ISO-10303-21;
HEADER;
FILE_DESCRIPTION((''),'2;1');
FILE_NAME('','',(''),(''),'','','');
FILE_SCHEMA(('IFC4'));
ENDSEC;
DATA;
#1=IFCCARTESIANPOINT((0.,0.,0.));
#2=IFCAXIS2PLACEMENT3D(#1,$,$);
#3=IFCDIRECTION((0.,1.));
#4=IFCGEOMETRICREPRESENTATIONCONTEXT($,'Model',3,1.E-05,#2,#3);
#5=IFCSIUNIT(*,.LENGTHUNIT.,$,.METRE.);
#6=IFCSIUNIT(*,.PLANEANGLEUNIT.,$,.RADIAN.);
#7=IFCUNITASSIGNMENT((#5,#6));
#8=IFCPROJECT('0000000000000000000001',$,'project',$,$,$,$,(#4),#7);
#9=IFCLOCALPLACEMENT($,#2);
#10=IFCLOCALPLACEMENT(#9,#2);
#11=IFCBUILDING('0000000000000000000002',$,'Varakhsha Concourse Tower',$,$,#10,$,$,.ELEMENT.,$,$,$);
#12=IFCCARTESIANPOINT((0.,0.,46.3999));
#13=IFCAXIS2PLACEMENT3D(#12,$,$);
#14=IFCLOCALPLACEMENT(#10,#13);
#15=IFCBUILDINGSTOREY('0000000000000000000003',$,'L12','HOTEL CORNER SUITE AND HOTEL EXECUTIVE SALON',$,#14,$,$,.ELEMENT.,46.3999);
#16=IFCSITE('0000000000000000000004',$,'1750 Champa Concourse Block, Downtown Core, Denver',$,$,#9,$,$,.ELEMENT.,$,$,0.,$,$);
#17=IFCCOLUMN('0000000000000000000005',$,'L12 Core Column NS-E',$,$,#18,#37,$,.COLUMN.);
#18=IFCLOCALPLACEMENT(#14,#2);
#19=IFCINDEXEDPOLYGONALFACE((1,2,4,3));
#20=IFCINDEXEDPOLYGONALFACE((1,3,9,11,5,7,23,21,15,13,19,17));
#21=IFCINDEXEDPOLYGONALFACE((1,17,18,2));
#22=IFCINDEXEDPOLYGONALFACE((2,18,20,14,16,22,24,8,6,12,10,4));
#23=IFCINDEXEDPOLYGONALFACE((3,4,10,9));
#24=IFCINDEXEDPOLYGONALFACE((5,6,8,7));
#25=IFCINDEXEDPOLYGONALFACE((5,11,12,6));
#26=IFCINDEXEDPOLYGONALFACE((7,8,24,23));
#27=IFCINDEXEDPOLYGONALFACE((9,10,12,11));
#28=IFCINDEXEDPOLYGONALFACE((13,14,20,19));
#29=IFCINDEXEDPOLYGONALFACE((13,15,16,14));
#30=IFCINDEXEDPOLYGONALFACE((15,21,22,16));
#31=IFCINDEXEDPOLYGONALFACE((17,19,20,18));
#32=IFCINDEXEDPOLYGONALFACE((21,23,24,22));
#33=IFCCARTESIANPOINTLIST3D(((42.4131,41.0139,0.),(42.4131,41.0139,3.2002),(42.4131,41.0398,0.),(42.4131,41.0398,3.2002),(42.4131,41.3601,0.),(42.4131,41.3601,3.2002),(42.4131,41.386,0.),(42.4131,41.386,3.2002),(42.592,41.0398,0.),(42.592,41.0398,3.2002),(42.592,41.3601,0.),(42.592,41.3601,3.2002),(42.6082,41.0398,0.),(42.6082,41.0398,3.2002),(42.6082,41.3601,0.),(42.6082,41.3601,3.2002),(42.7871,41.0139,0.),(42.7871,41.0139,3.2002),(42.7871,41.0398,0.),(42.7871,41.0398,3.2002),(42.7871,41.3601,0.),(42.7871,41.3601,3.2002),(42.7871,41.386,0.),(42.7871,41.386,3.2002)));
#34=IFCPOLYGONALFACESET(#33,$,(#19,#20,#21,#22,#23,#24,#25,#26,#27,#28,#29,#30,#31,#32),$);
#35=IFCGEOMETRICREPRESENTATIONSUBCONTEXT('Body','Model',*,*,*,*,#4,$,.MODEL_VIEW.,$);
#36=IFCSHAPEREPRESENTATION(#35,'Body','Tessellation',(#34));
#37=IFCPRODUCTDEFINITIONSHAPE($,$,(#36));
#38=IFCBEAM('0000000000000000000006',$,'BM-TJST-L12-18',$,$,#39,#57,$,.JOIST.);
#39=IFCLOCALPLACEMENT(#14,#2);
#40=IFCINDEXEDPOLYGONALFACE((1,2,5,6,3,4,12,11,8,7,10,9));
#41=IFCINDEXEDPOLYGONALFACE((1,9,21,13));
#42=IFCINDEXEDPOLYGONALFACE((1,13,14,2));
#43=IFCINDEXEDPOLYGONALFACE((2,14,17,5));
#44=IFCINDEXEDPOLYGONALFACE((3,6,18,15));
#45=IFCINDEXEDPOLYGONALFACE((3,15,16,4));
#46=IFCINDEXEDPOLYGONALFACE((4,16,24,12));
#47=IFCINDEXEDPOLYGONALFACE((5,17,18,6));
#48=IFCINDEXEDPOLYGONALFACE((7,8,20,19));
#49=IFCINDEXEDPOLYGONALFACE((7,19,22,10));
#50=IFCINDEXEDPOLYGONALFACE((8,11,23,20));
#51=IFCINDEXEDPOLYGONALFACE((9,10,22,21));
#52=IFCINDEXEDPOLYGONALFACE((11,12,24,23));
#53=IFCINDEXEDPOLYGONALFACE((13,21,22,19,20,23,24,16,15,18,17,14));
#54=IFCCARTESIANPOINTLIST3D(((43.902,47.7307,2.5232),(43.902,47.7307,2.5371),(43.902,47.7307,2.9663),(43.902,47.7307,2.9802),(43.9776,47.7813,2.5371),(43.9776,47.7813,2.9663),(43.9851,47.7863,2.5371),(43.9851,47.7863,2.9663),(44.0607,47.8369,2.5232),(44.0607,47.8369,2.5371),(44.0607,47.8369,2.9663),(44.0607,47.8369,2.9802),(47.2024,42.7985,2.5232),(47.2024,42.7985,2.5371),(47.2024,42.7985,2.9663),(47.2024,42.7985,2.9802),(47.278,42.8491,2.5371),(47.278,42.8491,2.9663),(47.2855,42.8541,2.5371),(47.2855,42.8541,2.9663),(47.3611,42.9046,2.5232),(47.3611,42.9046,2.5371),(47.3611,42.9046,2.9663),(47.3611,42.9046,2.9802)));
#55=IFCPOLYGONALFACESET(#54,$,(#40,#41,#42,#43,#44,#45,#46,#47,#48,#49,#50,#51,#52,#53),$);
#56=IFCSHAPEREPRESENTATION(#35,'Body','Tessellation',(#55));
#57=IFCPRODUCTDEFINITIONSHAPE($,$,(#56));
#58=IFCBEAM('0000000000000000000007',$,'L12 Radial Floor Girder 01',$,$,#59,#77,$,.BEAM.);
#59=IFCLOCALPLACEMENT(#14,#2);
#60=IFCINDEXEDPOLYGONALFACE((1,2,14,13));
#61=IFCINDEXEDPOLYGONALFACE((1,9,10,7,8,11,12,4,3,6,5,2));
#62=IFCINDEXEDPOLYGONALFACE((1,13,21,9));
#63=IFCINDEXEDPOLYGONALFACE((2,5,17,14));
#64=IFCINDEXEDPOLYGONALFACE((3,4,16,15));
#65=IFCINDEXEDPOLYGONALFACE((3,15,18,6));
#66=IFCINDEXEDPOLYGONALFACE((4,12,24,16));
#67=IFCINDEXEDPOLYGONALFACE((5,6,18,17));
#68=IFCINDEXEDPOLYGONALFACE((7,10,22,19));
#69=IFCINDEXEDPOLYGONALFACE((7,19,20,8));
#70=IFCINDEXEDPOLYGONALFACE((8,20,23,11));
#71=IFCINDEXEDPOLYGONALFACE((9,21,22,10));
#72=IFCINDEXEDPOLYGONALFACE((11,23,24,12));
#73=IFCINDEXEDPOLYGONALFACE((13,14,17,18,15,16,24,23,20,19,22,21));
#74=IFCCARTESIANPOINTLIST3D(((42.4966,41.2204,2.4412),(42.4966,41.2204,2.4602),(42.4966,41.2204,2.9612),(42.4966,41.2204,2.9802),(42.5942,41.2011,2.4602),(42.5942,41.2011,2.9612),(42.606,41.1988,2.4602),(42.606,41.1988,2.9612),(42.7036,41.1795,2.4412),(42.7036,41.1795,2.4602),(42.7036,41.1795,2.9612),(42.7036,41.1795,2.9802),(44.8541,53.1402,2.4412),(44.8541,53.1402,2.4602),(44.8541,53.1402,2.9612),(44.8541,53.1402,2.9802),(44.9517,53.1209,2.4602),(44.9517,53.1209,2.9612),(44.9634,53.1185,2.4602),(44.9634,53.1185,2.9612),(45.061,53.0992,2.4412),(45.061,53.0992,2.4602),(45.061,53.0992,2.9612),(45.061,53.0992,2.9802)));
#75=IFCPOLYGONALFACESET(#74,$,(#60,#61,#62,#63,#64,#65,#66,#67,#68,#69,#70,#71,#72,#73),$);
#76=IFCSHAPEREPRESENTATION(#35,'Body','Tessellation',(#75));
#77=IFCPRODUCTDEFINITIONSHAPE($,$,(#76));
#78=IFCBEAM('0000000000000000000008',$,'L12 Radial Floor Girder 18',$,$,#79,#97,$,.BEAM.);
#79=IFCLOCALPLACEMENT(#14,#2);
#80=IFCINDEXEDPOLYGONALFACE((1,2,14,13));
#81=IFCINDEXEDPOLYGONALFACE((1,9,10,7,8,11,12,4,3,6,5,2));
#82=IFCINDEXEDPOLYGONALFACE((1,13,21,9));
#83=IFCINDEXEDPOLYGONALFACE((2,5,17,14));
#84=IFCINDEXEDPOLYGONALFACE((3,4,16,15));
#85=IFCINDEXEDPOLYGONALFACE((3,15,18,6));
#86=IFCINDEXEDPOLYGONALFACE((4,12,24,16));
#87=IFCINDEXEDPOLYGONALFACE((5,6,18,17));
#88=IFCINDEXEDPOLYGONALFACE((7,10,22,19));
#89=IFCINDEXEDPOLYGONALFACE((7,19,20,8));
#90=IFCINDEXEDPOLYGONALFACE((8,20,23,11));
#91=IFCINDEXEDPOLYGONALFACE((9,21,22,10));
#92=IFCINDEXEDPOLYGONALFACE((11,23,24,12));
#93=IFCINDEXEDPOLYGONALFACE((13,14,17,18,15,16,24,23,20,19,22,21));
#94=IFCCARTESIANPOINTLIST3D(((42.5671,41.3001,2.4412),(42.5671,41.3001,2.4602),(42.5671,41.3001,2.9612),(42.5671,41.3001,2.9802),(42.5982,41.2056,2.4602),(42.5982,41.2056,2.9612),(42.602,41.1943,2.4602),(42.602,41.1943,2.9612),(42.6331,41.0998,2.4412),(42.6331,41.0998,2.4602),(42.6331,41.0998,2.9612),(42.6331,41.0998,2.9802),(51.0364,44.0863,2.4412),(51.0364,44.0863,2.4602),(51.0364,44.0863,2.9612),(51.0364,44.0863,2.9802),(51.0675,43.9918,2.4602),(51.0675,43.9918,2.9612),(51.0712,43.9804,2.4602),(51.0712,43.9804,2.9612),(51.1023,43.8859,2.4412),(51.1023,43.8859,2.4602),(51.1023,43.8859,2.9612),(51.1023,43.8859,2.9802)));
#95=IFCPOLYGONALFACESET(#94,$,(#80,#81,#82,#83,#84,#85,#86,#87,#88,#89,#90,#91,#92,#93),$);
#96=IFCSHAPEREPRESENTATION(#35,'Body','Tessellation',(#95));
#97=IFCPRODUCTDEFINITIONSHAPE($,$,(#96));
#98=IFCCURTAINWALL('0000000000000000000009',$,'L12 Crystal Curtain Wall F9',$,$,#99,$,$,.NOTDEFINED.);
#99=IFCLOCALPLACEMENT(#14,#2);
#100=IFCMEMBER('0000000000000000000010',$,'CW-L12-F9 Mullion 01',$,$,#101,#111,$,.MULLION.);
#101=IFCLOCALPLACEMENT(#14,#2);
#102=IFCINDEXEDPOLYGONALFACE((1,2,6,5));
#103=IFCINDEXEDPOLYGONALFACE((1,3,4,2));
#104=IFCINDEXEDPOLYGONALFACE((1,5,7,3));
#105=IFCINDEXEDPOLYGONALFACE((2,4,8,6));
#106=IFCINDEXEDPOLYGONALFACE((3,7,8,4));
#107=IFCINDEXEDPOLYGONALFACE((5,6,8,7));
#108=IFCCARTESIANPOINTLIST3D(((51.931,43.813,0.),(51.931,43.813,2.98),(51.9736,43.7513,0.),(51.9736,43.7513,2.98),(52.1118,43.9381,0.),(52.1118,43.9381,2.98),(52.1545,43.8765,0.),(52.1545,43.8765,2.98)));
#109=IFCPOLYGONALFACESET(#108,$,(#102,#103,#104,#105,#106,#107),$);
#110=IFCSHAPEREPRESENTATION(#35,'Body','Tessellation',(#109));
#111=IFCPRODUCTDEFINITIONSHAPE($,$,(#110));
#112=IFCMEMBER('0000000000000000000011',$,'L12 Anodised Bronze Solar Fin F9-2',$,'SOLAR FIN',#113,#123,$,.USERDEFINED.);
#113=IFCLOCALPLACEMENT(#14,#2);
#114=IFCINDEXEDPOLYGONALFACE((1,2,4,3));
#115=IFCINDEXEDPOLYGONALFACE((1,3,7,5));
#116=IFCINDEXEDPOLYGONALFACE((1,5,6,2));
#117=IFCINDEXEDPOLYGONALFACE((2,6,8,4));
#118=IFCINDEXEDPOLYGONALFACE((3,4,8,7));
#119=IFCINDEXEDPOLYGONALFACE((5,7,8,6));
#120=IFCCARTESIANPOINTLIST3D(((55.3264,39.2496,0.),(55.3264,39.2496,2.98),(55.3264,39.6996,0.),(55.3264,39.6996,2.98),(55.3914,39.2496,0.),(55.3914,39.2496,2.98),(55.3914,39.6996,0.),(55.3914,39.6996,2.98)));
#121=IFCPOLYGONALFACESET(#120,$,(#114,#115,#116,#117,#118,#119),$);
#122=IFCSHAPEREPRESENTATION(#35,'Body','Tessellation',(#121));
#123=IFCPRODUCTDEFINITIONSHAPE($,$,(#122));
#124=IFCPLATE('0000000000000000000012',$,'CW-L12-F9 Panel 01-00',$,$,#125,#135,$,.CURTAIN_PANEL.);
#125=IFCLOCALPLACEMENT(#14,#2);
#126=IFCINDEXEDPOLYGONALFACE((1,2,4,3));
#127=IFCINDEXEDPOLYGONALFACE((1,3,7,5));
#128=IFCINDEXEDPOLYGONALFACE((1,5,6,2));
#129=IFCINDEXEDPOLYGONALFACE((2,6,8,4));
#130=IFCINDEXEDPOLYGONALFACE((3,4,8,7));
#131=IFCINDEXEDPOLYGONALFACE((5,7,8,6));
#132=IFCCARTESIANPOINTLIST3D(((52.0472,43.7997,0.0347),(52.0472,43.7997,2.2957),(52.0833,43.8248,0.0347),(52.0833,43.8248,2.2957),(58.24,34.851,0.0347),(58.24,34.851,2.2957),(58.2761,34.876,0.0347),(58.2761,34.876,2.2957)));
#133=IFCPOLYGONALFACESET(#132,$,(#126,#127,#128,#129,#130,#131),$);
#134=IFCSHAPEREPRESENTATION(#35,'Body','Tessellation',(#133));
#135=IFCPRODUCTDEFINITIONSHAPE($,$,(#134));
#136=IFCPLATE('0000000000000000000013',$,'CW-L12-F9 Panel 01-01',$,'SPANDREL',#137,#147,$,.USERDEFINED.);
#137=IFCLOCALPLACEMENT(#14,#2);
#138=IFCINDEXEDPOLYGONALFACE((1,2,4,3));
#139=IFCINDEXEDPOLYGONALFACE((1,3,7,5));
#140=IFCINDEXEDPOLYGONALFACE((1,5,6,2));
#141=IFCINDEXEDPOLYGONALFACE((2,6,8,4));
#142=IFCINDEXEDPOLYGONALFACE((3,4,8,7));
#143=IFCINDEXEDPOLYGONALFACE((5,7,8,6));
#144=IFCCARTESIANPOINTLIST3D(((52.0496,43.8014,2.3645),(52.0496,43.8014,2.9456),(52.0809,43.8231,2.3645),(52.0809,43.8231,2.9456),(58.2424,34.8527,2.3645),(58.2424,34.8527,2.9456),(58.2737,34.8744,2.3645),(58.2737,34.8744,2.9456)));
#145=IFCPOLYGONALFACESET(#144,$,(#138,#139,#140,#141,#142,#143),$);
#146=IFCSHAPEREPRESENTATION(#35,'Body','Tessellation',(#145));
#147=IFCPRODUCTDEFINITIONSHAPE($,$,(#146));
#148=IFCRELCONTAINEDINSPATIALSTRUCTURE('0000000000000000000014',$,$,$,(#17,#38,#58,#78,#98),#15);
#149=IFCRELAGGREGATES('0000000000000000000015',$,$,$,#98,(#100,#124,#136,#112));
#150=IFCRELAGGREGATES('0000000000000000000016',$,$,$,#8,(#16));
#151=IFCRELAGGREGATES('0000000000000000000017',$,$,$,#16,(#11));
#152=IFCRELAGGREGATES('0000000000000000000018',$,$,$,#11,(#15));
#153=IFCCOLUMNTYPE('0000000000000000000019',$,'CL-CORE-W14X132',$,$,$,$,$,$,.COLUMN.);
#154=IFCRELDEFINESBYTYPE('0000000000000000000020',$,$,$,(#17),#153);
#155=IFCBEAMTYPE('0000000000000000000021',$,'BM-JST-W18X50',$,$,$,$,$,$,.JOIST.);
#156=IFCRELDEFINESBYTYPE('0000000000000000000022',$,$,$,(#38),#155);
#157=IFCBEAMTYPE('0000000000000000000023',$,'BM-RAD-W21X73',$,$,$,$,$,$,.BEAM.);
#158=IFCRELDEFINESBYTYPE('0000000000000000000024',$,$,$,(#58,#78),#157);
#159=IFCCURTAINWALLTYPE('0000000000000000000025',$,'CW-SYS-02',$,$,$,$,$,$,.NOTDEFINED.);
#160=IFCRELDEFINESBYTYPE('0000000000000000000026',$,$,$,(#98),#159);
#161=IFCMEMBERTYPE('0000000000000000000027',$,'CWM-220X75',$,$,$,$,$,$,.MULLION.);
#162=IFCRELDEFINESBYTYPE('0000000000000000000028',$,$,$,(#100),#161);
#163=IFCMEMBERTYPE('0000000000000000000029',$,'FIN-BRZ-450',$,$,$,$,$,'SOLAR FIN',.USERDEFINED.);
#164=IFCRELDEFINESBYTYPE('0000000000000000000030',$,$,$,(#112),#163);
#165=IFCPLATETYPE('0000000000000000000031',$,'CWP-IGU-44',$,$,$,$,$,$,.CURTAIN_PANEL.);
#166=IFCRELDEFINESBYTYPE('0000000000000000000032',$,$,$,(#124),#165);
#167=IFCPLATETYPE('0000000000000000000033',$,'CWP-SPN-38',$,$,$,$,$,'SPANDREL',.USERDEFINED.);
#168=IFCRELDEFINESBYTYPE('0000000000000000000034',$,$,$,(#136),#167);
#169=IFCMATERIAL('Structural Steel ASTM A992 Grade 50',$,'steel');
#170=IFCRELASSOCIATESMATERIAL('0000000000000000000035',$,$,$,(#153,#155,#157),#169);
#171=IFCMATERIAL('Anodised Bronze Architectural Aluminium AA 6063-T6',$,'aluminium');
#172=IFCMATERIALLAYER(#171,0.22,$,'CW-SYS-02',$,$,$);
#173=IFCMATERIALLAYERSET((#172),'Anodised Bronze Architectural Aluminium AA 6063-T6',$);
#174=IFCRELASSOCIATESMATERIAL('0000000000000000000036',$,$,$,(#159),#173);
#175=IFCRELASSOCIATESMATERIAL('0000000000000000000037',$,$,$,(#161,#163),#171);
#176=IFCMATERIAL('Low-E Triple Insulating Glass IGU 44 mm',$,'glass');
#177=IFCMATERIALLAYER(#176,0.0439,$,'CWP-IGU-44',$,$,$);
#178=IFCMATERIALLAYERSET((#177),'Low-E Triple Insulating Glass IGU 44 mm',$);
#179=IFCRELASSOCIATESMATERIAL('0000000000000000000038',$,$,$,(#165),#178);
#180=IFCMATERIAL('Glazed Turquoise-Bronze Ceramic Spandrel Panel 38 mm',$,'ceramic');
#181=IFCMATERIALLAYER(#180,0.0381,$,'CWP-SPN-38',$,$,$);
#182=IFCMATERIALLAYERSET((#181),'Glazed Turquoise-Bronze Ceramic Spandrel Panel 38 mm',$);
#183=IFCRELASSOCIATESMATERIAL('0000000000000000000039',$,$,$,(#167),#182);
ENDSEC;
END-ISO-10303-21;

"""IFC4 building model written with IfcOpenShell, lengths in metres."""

from ifc_helpers import new_model, si_unit, direction, frame, origin, origin_2d, place, context, subcontext, project, spatial, rectangle, i_section, extrude, source, transform, mapped, material, layer, layer_set, material_profile, profile_set, type_object, type_shapes, element, aggregate, save


model = new_model("IFC4")

# Units and contexts
model_context = context("Model", 3, precision=1e-05, world=origin(), true_north=direction((0.0, 1.0)))
body_context = subcontext(model_context, "Body", "Model", "MODEL_VIEW")
ifc_project = project(units=[si_unit("LENGTHUNIT", "METRE"), si_unit("PLANEANGLEUNIT", "RADIAN")], contexts=[model_context])

# Site, building, storey
site_placement = place(None, origin())
site = spatial("IfcSite", under=ifc_project, at=site_placement, Name="1750 Champa Concourse Block, Downtown Core, Denver", CompositionType="ELEMENT", RefElevation=0.0)
building_placement = place(site_placement, origin())
building = spatial("IfcBuilding", under=site, at=building_placement, Name="Varakhsha Concourse Tower", CompositionType="ELEMENT")
storey_placement = place(building_placement, frame((0.0, 0.0, 46.3999)))
storey = spatial("IfcBuildingStorey", under=building, at=storey_placement, Name="L12", Description="HOTEL CORNER SUITE AND HOTEL EXECUTIVE SALON", CompositionType="ELEMENT", Elevation=46.3999)

# Column
ifc_material_1 = material(Name="Structural Steel ASTM A992 Grade 50", Category="steel")
ifc_material_profile_1 = material_profile(ifc_material_1, i_section(OverallWidth=0.374, OverallDepth=0.3721, WebThickness=0.0161, FlangeThickness=0.0259, at=origin_2d()), Name="W14X132")
ifc_profile_set_1 = profile_set([ifc_material_profile_1], Name="Structural Steel ASTM A992 Grade 50")
column_type = type_object("IfcColumnType", Name="CL-CORE-W14X132", PredefinedType="COLUMN", material=ifc_profile_set_1)
column_placement = place(storey_placement, frame((42.6001, 41.2, 0.0), z_axis=(0.0, 0.0, 1.0), x_axis=(1.0, 0.0, 0.0)))
element("IfcColumn", 1, at=column_placement, inside=storey, type_object=column_type, Name="L12 Core Column NS-E", PredefinedType="COLUMN", context=body_context, shape_type="SweptSolid", body=[
    extrude(i_section(OverallWidth=0.374, OverallDepth=0.3721, WebThickness=0.0161, FlangeThickness=0.0259, at=origin_2d()), origin(), (0.0, 0.0, 1.0), 3.2002),
])

# Beams
ifc_material_profile_2 = material_profile(ifc_material_1, i_section(OverallWidth=0.1909, OverallDepth=0.457, WebThickness=0.009, FlangeThickness=0.0139, at=origin_2d()), Name="W18X50")
ifc_profile_set_2 = profile_set([ifc_material_profile_2], Name="Structural Steel ASTM A992 Grade 50")
beam_type_1 = type_object("IfcBeamType", Name="BM-JST-W18X50", PredefinedType="JOIST", material=ifc_profile_set_2)
beam_1_placement = place(storey_placement, frame((47.2817, 42.8516, 2.7517), z_axis=(-0.556123, 0.8311, 0.0), x_axis=(-0.8311, -0.556123, 0.0)))
element("IfcBeam", 2, at=beam_1_placement, inside=storey, type_object=beam_type_1, Name="BM-TJST-L12-18", PredefinedType="JOIST", context=body_context, shape_type="SweptSolid", body=[
    extrude(i_section(OverallWidth=0.1909, OverallDepth=0.457, WebThickness=0.009, FlangeThickness=0.0139, at=origin_2d()), origin(), (0.0, 0.0, 1.0), 5.9346),
])
ifc_material_profile_3 = material_profile(ifc_material_1, i_section(OverallWidth=0.2109, OverallDepth=0.5391, WebThickness=0.012, FlangeThickness=0.019, at=origin_2d()), Name="W21X73")
ifc_profile_set_3 = profile_set([ifc_material_profile_3], Name="Structural Steel ASTM A992 Grade 50")
beam_type_2 = type_object("IfcBeamType", Name="BM-RAD-W21X73", PredefinedType="BEAM", material=ifc_profile_set_3)
beam_2_placement = place(storey_placement, frame((42.6001, 41.2, 2.7107), z_axis=(0.194018, 0.980998, 0.0), x_axis=(-0.980998, 0.194018, 0.0)))
element("IfcBeam", 3, at=beam_2_placement, inside=storey, type_object=beam_type_2, Name="L12 Radial Floor Girder 01", PredefinedType="BEAM", context=body_context, shape_type="SweptSolid", body=[
    extrude(i_section(OverallWidth=0.2109, OverallDepth=0.5391, WebThickness=0.012, FlangeThickness=0.019, at=origin_2d()), origin(), (0.0, 0.0, 1.0), 12.1506),
])
beam_3_placement = place(storey_placement, frame((42.6001, 41.2, 2.7107), z_axis=(0.949919, 0.312496, 0.0), x_axis=(-0.312496, 0.949919, 0.0)))
element("IfcBeam", 4, at=beam_3_placement, inside=storey, type_object=beam_type_2, Name="L12 Radial Floor Girder 18", PredefinedType="BEAM", context=body_context, shape_type="SweptSolid", body=[
    extrude(i_section(OverallWidth=0.2109, OverallDepth=0.5391, WebThickness=0.012, FlangeThickness=0.019, at=origin_2d()), origin(), (0.0, 0.0, 1.0), 8.9158),
])

# Curtain wall, members, plates
ifc_material_2 = material(Name="Anodised Bronze Architectural Aluminium AA 6063-T6", Category="aluminium")
ifc_layer_1 = layer(ifc_material_2, 0.22, Name="CW-SYS-02")
ifc_layer_set_1 = layer_set([ifc_layer_1], Name="Anodised Bronze Architectural Aluminium AA 6063-T6")
curtain_wall_type = type_object("IfcCurtainWallType", Name="CW-SYS-02", PredefinedType="NOTDEFINED", material=ifc_layer_set_1)
curtain_wall_placement = place(storey_placement, origin())
curtain_wall = element("IfcCurtainWall", 5, at=curtain_wall_placement, inside=storey, type_object=curtain_wall_type, Name="L12 Crystal Curtain Wall F9", PredefinedType="NOTDEFINED")
ifc_material_profile_4 = material_profile(ifc_material_2, rectangle(XDim=0.075, YDim=0.22, at=origin_2d()), Name="CWM-220X75")
ifc_profile_set_4 = profile_set([ifc_material_profile_4], Name="Anodised Bronze Architectural Aluminium AA 6063-T6")
member_type_1 = type_object("IfcMemberType", Name="CWM-220X75", PredefinedType="MULLION", material=ifc_profile_set_4)
shared_shape_1 = source(origin(), body_context, "Body", "SweptSolid", [
    extrude(rectangle(XDim=0.075, YDim=0.22, at=origin_2d()), origin(), (0.0, 0.0, 1.0), 2.98),
])
type_shapes(member_type_1, [shared_shape_1])
member_1_placement = place(storey_placement, frame((52.0427, 43.8447, 0.0), z_axis=(0.0, 0.0, 1.0), x_axis=(0.569057, -0.822298, 0.0)))
member_1 = element("IfcMember", 6, at=member_1_placement, type_object=member_type_1, Name="CW-L12-F9 Mullion 01", PredefinedType="MULLION", context=body_context, shape_type="MappedRepresentation", body=[
    mapped(shared_shape_1, transform((0.0, 0.0, 0.0), scale=1.0)),
])
ifc_material_profile_5 = material_profile(ifc_material_2, rectangle(XDim=0.0649, YDim=0.45, at=origin_2d()), Name="FIN-BRZ-450")
ifc_profile_set_5 = profile_set([ifc_material_profile_5], Name="Anodised Bronze Architectural Aluminium AA 6063-T6")
member_type_2 = type_object("IfcMemberType", Name="FIN-BRZ-450", ElementType="SOLAR FIN", PredefinedType="USERDEFINED", material=ifc_profile_set_5)
shared_shape_2 = source(origin(), body_context, "Body", "SweptSolid", [
    extrude(rectangle(XDim=0.0649, YDim=0.45, at=origin_2d()), origin(), (0.0, 0.0, 1.0), 2.98),
])
type_shapes(member_type_2, [shared_shape_2])
member_2_placement = place(storey_placement, frame((55.3589, 39.4746, 0.0), z_axis=(0.0, 0.0, 1.0), x_axis=(1.0, 0.0, 0.0)))
member_2 = element("IfcMember", 7, at=member_2_placement, type_object=member_type_2, Name="L12 Anodised Bronze Solar Fin F9-2", ObjectType="SOLAR FIN", PredefinedType="USERDEFINED", context=body_context, shape_type="MappedRepresentation", body=[
    mapped(shared_shape_2, transform((0.0, 0.0, 0.0), scale=1.0)),
])
ifc_material_3 = material(Name="Low-E Triple Insulating Glass IGU 44 mm", Category="glass")
ifc_layer_2 = layer(ifc_material_3, 0.0439, Name="CWP-IGU-44")
ifc_layer_set_2 = layer_set([ifc_layer_2], Name="Low-E Triple Insulating Glass IGU 44 mm")
plate_type_1 = type_object("IfcPlateType", Name="CWP-IGU-44", PredefinedType="CURTAIN_PANEL", material=ifc_layer_set_2)
shared_shape_3 = source(origin(), body_context, "Body", "SweptSolid", [
    extrude(rectangle(XDim=10.8826, YDim=0.0439, at=origin_2d()), origin(), (0.0, 0.0, 1.0), 2.261),
])
type_shapes(plate_type_1, [shared_shape_3])
plate_1_placement = place(storey_placement, frame((55.1616, 39.3379, 0.0347), z_axis=(0.0, 0.0, 1.0), x_axis=(0.569057, -0.822298, 0.0)))
plate_1 = element("IfcPlate", 8, at=plate_1_placement, type_object=plate_type_1, Name="CW-L12-F9 Panel 01-00", PredefinedType="CURTAIN_PANEL", context=body_context, shape_type="MappedRepresentation", body=[
    mapped(shared_shape_3, transform((0.0, 0.0, 0.0), scale=1.0)),
])
ifc_material_4 = material(Name="Glazed Turquoise-Bronze Ceramic Spandrel Panel 38 mm", Category="ceramic")
ifc_layer_3 = layer(ifc_material_4, 0.0381, Name="CWP-SPN-38")
ifc_layer_set_3 = layer_set([ifc_layer_3], Name="Glazed Turquoise-Bronze Ceramic Spandrel Panel 38 mm")
plate_type_2 = type_object("IfcPlateType", Name="CWP-SPN-38", ElementType="SPANDREL", PredefinedType="USERDEFINED", material=ifc_layer_set_3)
shared_shape_4 = source(origin(), body_context, "Body", "SweptSolid", [
    extrude(rectangle(XDim=10.8826, YDim=0.0381, at=origin_2d()), origin(), (0.0, 0.0, 1.0), 0.5811),
])
type_shapes(plate_type_2, [shared_shape_4])
plate_2_placement = place(storey_placement, frame((55.1616, 39.3379, 2.3645), z_axis=(0.0, 0.0, 1.0), x_axis=(0.569057, -0.822298, 0.0)))
plate_2 = element("IfcPlate", 9, at=plate_2_placement, type_object=plate_type_2, Name="CW-L12-F9 Panel 01-01", ObjectType="SPANDREL", PredefinedType="USERDEFINED", context=body_context, shape_type="MappedRepresentation", body=[
    mapped(shared_shape_4, transform((0.0, 0.0, 0.0), scale=1.0)),
])
aggregate(curtain_wall, [member_1, plate_1, plate_2, member_2])

save(model, "model.ifc")
